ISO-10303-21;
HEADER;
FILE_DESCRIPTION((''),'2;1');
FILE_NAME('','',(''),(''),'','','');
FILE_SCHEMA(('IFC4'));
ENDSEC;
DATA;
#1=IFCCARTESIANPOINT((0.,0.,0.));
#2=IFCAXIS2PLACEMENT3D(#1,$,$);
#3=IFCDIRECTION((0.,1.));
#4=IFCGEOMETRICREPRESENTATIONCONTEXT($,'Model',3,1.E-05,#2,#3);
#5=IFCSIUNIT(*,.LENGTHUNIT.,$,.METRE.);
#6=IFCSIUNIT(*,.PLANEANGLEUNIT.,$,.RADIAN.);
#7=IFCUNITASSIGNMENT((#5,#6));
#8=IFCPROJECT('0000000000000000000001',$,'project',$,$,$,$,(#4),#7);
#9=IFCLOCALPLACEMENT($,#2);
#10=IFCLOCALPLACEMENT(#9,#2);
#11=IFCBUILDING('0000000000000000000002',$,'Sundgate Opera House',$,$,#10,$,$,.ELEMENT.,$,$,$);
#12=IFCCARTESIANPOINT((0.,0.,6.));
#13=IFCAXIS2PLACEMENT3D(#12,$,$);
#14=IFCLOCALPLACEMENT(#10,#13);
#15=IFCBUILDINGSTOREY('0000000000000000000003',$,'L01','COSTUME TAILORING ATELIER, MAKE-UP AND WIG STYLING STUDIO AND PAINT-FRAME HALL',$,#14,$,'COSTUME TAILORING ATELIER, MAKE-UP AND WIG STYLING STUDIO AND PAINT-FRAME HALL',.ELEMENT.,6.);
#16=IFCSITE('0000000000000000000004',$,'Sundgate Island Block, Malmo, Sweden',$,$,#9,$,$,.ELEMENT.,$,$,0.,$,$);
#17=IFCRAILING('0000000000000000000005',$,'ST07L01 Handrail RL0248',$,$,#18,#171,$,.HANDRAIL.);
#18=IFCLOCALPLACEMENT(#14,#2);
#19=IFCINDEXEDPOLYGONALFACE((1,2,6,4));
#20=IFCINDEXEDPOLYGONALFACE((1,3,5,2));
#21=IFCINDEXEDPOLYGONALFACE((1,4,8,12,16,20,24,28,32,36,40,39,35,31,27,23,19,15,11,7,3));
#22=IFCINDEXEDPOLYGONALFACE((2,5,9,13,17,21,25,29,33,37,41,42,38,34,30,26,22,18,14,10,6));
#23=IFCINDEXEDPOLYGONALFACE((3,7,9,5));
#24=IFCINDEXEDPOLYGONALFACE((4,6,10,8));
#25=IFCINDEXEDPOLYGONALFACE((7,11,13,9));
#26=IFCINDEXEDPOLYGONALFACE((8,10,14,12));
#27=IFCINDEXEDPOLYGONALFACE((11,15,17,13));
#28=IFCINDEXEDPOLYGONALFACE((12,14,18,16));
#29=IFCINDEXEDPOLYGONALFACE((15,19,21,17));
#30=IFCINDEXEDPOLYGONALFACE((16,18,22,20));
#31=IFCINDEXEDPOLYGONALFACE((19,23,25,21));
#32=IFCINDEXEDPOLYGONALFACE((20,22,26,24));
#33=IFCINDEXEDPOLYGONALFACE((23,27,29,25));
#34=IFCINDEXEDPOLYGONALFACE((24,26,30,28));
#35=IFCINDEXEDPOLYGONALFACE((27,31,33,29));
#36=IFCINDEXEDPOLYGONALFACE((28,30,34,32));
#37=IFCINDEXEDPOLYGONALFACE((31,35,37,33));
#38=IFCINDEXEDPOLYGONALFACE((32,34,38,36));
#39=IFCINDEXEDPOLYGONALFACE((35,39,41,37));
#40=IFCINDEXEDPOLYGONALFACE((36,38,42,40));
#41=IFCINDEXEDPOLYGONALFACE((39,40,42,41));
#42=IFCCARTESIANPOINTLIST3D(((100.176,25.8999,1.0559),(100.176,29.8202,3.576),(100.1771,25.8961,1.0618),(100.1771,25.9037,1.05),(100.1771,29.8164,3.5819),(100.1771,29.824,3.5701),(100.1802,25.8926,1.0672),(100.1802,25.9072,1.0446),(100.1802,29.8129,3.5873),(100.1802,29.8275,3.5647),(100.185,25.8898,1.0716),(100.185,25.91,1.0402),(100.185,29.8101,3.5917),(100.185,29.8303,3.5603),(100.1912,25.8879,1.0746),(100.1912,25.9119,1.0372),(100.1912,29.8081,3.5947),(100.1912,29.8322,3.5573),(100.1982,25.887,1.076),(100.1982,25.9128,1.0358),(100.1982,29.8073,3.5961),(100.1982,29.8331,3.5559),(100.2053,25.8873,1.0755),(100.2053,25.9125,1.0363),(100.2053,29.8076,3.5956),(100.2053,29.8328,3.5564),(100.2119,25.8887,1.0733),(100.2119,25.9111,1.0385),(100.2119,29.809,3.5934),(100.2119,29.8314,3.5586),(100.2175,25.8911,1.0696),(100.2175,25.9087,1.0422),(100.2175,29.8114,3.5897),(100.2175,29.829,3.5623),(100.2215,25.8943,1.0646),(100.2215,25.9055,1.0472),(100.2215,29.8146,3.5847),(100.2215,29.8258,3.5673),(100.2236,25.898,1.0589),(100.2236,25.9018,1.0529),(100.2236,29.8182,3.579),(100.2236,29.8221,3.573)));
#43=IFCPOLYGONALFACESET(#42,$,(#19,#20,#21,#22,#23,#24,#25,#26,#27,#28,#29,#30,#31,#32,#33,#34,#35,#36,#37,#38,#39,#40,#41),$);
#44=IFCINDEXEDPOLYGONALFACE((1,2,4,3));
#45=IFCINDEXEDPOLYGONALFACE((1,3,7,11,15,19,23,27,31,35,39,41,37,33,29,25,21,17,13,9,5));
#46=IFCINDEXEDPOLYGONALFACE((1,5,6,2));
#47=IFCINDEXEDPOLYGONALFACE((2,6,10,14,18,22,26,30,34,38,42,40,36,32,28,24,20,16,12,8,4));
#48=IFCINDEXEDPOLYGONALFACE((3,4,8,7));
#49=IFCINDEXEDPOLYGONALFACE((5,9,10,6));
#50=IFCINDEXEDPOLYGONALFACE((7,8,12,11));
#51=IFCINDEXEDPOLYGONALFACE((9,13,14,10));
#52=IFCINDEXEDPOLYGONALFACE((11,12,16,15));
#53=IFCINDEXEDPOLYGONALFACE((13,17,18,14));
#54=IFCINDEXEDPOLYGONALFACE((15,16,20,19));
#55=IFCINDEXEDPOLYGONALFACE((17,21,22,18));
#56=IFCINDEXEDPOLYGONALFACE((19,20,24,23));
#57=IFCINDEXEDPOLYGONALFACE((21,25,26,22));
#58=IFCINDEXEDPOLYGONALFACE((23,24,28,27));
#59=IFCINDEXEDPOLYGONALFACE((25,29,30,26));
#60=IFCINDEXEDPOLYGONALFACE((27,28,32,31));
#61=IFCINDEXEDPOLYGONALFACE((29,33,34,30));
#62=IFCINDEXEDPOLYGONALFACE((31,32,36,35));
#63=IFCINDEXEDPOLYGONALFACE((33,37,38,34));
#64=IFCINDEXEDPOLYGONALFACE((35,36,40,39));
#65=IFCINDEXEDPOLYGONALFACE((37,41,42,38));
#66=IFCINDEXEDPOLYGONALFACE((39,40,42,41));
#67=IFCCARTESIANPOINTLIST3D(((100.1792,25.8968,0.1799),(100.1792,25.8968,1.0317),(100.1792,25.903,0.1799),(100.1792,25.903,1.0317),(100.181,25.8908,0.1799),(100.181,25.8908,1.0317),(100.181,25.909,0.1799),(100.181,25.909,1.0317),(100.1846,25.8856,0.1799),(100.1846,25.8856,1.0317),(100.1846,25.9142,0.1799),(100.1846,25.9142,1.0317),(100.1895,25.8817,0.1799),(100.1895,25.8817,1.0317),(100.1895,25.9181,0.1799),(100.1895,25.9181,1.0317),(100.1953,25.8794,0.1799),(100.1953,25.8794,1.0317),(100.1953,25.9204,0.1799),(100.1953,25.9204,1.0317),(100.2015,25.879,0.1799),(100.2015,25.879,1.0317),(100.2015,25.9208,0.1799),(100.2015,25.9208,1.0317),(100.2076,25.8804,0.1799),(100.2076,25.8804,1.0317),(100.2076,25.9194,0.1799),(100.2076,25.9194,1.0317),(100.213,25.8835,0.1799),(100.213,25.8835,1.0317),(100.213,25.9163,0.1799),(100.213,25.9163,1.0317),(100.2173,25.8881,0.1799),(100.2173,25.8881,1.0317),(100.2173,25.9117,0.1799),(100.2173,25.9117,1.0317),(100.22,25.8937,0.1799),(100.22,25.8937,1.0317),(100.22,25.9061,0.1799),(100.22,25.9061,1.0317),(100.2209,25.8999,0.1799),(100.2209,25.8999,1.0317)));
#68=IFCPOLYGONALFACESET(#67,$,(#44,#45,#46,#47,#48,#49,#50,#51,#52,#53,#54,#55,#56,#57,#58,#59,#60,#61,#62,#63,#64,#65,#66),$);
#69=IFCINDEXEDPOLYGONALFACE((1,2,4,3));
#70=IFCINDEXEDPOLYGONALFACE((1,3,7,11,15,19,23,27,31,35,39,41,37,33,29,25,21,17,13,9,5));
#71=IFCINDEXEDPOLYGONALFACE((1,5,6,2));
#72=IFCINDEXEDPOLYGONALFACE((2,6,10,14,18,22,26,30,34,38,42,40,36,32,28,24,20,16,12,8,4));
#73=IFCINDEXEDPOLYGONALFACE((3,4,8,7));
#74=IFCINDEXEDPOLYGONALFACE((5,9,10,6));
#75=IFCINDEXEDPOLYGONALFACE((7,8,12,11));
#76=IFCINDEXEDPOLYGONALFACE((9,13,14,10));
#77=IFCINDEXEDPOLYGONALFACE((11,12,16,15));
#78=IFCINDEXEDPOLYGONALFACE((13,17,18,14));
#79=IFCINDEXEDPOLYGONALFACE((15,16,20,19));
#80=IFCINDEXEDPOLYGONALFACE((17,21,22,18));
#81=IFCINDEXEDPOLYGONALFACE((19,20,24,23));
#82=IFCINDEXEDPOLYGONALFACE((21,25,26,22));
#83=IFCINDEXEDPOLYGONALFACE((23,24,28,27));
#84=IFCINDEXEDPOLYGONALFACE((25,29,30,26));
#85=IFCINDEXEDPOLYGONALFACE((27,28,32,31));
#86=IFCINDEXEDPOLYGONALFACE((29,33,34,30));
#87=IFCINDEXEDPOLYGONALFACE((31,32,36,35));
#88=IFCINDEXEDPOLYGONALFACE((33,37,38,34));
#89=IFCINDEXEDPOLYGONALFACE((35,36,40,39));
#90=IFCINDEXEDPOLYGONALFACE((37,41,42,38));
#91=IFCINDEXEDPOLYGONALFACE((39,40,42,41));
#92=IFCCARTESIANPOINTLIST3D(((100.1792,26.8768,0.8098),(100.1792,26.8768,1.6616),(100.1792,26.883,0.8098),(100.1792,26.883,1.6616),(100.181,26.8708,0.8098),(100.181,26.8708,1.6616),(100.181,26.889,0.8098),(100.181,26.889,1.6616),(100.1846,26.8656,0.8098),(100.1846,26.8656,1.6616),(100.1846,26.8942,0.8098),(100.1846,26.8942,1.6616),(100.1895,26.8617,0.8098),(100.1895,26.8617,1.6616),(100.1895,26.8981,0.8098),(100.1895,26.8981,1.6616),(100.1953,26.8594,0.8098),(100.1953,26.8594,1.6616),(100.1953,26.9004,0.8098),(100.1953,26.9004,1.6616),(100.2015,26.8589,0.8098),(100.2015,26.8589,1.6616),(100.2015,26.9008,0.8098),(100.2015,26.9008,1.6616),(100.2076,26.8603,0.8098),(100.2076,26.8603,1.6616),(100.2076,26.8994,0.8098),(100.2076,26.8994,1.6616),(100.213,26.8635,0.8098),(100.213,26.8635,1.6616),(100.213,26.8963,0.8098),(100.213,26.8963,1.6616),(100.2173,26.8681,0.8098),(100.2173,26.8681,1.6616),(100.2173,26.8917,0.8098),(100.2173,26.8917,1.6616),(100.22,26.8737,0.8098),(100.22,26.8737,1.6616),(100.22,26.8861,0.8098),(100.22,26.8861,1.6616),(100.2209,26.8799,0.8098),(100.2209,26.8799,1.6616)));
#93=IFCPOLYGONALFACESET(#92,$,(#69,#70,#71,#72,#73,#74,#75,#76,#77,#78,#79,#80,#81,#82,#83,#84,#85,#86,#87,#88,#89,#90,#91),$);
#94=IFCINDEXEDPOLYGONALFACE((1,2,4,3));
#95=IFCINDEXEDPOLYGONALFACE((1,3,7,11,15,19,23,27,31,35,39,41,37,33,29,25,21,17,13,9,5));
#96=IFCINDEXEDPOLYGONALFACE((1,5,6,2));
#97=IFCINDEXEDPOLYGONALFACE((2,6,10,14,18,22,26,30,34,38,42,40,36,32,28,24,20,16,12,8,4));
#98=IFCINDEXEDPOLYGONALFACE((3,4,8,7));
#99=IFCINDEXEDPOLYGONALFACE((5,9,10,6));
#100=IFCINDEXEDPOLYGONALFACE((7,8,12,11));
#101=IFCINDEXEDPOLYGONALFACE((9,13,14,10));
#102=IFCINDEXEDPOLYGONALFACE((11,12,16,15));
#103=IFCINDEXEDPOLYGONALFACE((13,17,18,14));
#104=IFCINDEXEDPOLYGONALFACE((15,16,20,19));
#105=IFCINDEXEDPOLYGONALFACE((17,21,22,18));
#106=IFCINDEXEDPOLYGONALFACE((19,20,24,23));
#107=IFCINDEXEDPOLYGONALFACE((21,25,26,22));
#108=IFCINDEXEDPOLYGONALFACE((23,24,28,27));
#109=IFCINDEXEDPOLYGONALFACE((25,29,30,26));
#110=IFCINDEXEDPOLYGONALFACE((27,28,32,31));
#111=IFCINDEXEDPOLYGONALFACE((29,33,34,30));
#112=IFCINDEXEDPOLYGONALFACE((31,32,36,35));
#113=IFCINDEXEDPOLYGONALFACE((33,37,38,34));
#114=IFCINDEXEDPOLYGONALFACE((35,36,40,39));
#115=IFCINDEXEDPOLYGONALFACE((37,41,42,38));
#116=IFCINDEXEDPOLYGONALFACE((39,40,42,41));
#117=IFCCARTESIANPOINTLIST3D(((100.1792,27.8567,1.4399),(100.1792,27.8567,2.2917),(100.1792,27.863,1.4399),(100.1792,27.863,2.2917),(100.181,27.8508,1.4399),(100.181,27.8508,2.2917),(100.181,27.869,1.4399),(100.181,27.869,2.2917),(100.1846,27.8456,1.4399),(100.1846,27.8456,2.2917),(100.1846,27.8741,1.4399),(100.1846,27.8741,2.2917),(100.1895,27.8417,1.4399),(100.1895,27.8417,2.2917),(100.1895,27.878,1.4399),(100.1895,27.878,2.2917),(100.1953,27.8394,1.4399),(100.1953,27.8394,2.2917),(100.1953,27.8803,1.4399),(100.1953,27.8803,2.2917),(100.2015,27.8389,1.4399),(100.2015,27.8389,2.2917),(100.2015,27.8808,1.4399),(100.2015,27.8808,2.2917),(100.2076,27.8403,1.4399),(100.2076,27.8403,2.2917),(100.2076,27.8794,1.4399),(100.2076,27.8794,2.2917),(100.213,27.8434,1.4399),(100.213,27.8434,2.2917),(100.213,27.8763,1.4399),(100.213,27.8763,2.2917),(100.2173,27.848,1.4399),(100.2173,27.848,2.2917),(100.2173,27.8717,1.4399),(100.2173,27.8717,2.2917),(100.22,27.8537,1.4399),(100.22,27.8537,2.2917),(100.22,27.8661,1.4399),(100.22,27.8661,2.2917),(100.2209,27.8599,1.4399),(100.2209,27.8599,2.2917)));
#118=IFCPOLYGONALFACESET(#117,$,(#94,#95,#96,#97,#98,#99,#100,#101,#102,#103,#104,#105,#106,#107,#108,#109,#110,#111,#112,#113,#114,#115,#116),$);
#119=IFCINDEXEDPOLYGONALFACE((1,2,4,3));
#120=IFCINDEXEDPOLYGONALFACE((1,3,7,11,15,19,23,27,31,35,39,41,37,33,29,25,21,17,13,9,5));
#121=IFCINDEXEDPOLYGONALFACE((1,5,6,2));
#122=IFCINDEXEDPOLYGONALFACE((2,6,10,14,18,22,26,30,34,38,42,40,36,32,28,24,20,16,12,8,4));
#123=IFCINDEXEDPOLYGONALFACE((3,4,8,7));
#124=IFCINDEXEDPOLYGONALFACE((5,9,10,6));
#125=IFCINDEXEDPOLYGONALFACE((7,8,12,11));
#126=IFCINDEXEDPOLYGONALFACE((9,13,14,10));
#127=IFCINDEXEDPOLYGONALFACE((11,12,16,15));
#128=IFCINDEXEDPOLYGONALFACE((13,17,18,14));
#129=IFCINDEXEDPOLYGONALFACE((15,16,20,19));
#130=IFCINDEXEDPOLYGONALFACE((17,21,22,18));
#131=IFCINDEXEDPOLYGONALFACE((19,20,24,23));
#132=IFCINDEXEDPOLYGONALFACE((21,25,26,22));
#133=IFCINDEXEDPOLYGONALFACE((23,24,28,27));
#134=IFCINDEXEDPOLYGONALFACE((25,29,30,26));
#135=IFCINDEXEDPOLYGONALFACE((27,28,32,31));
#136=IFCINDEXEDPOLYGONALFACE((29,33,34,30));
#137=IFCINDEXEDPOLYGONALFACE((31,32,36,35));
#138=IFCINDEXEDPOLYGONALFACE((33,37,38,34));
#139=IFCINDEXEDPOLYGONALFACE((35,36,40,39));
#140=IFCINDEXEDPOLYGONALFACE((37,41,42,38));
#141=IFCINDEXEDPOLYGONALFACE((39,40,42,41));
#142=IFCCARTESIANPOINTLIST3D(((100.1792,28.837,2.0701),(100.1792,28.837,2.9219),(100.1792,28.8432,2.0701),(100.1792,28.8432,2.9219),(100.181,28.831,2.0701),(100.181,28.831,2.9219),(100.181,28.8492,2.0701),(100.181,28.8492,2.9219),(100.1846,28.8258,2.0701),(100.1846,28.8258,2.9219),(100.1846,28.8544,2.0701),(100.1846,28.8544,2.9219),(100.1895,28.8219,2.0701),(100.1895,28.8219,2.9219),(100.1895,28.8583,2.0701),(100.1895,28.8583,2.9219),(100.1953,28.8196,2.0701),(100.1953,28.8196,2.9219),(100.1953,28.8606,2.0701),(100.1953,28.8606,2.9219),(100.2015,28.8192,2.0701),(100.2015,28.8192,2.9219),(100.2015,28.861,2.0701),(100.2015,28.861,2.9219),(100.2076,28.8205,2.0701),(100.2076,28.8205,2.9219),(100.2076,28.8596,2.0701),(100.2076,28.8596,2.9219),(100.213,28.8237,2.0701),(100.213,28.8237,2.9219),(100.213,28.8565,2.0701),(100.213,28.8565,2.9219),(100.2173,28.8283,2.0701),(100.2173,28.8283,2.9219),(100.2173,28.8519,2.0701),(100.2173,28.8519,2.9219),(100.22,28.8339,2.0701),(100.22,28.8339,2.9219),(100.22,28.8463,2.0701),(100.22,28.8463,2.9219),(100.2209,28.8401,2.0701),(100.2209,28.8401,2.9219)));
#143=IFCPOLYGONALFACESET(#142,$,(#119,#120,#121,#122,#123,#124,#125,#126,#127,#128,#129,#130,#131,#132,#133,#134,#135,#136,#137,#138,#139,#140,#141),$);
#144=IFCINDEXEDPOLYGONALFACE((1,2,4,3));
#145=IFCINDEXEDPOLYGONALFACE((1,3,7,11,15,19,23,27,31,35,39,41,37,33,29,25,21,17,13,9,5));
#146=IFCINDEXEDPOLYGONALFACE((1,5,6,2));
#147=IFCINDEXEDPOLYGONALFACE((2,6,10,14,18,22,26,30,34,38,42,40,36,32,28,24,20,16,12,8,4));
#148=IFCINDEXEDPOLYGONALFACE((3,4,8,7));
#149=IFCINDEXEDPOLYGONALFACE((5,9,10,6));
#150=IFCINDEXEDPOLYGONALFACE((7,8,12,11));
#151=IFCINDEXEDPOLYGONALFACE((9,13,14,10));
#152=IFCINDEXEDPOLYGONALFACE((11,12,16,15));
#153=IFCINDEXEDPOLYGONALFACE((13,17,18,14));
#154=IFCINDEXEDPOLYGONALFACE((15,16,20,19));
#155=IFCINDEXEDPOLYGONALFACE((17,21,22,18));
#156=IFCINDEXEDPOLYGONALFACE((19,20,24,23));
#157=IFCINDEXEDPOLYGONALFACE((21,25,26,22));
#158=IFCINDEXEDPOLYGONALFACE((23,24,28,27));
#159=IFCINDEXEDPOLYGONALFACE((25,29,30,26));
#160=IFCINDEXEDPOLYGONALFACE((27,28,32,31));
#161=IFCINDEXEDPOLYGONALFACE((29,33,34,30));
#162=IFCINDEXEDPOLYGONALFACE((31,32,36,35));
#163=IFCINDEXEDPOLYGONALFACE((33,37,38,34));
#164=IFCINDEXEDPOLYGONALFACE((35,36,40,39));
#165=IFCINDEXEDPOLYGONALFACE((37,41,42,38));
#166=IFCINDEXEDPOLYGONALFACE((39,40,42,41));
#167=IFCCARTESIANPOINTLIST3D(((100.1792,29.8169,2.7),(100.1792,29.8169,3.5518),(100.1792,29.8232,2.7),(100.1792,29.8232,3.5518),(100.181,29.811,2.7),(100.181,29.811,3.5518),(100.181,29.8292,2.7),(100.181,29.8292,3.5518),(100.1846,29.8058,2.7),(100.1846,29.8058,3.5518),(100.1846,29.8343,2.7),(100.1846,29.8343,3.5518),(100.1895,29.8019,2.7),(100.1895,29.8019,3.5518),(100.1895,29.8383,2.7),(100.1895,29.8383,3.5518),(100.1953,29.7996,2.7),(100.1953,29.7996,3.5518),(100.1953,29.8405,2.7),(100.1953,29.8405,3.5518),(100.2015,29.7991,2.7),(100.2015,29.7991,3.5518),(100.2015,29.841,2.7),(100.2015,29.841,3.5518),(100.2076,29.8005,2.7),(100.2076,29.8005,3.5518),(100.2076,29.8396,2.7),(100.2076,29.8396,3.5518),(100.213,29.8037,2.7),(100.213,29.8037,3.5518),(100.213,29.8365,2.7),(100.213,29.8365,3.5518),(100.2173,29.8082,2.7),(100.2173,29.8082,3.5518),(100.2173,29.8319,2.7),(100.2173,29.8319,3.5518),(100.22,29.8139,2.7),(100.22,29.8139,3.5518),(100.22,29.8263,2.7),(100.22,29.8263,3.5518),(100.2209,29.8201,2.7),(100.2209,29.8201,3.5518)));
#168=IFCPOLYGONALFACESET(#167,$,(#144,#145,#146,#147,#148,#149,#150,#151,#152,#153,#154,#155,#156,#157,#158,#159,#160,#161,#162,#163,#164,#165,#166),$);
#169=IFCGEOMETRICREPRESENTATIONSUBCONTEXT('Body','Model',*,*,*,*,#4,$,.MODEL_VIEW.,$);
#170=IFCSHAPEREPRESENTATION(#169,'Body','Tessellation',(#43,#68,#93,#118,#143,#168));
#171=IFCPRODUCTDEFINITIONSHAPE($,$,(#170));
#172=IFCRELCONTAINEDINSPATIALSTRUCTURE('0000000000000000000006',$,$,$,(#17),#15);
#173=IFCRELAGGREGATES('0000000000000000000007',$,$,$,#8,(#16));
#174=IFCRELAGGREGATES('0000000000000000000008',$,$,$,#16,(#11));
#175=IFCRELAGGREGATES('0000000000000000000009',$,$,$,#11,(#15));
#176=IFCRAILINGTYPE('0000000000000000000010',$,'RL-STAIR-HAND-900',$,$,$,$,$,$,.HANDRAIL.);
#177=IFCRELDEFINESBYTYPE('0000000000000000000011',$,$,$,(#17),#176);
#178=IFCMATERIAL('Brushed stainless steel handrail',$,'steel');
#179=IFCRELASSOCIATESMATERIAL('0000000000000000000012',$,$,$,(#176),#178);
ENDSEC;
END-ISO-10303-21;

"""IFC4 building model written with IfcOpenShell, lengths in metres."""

from ifc_helpers import new_model, si_unit, direction, frame, origin, origin_2d, place, context, subcontext, project, spatial, circle, extrude, material, type_object, element, save


model = new_model("IFC4")

# Units and contexts
model_context = context("Model", 3, precision=1e-05, world=origin(), true_north=direction((0.0, 1.0)))
body_context = subcontext(model_context, "Body", "Model", "MODEL_VIEW")
ifc_project = project(units=[si_unit("LENGTHUNIT", "METRE"), si_unit("PLANEANGLEUNIT", "RADIAN")], contexts=[model_context])

# Site, building, storey
site_placement = place(None, origin())
site = spatial("IfcSite", under=ifc_project, at=site_placement, Name="Sundgate Island Block, Malmo, Sweden", CompositionType="ELEMENT", RefElevation=0.0)
building_placement = place(site_placement, origin())
building = spatial("IfcBuilding", under=site, at=building_placement, Name="Sundgate Opera House", CompositionType="ELEMENT")
storey_placement = place(building_placement, frame((0.0, 0.0, 6.0)))
storey = spatial("IfcBuildingStorey", under=building, at=storey_placement, Name="L01", Description="COSTUME TAILORING ATELIER, MAKE-UP AND WIG STYLING STUDIO AND PAINT-FRAME HALL", LongName="COSTUME TAILORING ATELIER, MAKE-UP AND WIG STYLING STUDIO AND PAINT-FRAME HALL", CompositionType="ELEMENT", Elevation=6.0)

# Railing
ifc_material_1 = material(Name="Brushed stainless steel handrail", Category="steel")
railing_type_1 = type_object("IfcRailingType", Name="RL-STAIR-HAND-900", PredefinedType="HANDRAIL", material=ifc_material_1)
railing_1_placement = place(storey_placement, frame((100.2, 25.8999, 0.1799)))
element("IfcRailing", 1, at=railing_1_placement, inside=storey, type_object=railing_type_1, Name="ST07L01 Handrail RL0248", PredefinedType="HANDRAIL", context=body_context, shape_type="SweptSolid", body=[
    extrude(circle(Radius=0.0239, at=origin_2d()), frame((0.0, 0.0, 0.876), z_axis=(0.0, 0.841187, 0.540744), x_axis=(-1.0, 0.0, 0.0)), (0.0, 0.0, 1.0), 4.6604),
    extrude(circle(Radius=0.021, at=origin_2d()), origin(), (0.0, 0.0, 1.0), 0.8518),
    extrude(circle(Radius=0.021, at=origin_2d()), frame((0.0, 0.98, 0.6299)), (0.0, 0.0, 1.0), 0.8518),
    extrude(circle(Radius=0.021, at=origin_2d()), frame((0.0, 1.96, 1.26)), (0.0, 0.0, 1.0), 0.8518),
    extrude(circle(Radius=0.021, at=origin_2d()), frame((0.0, 2.9402, 1.8901)), (0.0, 0.0, 1.0), 0.8518),
    extrude(circle(Radius=0.021, at=origin_2d()), frame((0.0, 3.9202, 2.52)), (0.0, 0.0, 1.0), 0.8518),
])

save(model, "model.ifc")
